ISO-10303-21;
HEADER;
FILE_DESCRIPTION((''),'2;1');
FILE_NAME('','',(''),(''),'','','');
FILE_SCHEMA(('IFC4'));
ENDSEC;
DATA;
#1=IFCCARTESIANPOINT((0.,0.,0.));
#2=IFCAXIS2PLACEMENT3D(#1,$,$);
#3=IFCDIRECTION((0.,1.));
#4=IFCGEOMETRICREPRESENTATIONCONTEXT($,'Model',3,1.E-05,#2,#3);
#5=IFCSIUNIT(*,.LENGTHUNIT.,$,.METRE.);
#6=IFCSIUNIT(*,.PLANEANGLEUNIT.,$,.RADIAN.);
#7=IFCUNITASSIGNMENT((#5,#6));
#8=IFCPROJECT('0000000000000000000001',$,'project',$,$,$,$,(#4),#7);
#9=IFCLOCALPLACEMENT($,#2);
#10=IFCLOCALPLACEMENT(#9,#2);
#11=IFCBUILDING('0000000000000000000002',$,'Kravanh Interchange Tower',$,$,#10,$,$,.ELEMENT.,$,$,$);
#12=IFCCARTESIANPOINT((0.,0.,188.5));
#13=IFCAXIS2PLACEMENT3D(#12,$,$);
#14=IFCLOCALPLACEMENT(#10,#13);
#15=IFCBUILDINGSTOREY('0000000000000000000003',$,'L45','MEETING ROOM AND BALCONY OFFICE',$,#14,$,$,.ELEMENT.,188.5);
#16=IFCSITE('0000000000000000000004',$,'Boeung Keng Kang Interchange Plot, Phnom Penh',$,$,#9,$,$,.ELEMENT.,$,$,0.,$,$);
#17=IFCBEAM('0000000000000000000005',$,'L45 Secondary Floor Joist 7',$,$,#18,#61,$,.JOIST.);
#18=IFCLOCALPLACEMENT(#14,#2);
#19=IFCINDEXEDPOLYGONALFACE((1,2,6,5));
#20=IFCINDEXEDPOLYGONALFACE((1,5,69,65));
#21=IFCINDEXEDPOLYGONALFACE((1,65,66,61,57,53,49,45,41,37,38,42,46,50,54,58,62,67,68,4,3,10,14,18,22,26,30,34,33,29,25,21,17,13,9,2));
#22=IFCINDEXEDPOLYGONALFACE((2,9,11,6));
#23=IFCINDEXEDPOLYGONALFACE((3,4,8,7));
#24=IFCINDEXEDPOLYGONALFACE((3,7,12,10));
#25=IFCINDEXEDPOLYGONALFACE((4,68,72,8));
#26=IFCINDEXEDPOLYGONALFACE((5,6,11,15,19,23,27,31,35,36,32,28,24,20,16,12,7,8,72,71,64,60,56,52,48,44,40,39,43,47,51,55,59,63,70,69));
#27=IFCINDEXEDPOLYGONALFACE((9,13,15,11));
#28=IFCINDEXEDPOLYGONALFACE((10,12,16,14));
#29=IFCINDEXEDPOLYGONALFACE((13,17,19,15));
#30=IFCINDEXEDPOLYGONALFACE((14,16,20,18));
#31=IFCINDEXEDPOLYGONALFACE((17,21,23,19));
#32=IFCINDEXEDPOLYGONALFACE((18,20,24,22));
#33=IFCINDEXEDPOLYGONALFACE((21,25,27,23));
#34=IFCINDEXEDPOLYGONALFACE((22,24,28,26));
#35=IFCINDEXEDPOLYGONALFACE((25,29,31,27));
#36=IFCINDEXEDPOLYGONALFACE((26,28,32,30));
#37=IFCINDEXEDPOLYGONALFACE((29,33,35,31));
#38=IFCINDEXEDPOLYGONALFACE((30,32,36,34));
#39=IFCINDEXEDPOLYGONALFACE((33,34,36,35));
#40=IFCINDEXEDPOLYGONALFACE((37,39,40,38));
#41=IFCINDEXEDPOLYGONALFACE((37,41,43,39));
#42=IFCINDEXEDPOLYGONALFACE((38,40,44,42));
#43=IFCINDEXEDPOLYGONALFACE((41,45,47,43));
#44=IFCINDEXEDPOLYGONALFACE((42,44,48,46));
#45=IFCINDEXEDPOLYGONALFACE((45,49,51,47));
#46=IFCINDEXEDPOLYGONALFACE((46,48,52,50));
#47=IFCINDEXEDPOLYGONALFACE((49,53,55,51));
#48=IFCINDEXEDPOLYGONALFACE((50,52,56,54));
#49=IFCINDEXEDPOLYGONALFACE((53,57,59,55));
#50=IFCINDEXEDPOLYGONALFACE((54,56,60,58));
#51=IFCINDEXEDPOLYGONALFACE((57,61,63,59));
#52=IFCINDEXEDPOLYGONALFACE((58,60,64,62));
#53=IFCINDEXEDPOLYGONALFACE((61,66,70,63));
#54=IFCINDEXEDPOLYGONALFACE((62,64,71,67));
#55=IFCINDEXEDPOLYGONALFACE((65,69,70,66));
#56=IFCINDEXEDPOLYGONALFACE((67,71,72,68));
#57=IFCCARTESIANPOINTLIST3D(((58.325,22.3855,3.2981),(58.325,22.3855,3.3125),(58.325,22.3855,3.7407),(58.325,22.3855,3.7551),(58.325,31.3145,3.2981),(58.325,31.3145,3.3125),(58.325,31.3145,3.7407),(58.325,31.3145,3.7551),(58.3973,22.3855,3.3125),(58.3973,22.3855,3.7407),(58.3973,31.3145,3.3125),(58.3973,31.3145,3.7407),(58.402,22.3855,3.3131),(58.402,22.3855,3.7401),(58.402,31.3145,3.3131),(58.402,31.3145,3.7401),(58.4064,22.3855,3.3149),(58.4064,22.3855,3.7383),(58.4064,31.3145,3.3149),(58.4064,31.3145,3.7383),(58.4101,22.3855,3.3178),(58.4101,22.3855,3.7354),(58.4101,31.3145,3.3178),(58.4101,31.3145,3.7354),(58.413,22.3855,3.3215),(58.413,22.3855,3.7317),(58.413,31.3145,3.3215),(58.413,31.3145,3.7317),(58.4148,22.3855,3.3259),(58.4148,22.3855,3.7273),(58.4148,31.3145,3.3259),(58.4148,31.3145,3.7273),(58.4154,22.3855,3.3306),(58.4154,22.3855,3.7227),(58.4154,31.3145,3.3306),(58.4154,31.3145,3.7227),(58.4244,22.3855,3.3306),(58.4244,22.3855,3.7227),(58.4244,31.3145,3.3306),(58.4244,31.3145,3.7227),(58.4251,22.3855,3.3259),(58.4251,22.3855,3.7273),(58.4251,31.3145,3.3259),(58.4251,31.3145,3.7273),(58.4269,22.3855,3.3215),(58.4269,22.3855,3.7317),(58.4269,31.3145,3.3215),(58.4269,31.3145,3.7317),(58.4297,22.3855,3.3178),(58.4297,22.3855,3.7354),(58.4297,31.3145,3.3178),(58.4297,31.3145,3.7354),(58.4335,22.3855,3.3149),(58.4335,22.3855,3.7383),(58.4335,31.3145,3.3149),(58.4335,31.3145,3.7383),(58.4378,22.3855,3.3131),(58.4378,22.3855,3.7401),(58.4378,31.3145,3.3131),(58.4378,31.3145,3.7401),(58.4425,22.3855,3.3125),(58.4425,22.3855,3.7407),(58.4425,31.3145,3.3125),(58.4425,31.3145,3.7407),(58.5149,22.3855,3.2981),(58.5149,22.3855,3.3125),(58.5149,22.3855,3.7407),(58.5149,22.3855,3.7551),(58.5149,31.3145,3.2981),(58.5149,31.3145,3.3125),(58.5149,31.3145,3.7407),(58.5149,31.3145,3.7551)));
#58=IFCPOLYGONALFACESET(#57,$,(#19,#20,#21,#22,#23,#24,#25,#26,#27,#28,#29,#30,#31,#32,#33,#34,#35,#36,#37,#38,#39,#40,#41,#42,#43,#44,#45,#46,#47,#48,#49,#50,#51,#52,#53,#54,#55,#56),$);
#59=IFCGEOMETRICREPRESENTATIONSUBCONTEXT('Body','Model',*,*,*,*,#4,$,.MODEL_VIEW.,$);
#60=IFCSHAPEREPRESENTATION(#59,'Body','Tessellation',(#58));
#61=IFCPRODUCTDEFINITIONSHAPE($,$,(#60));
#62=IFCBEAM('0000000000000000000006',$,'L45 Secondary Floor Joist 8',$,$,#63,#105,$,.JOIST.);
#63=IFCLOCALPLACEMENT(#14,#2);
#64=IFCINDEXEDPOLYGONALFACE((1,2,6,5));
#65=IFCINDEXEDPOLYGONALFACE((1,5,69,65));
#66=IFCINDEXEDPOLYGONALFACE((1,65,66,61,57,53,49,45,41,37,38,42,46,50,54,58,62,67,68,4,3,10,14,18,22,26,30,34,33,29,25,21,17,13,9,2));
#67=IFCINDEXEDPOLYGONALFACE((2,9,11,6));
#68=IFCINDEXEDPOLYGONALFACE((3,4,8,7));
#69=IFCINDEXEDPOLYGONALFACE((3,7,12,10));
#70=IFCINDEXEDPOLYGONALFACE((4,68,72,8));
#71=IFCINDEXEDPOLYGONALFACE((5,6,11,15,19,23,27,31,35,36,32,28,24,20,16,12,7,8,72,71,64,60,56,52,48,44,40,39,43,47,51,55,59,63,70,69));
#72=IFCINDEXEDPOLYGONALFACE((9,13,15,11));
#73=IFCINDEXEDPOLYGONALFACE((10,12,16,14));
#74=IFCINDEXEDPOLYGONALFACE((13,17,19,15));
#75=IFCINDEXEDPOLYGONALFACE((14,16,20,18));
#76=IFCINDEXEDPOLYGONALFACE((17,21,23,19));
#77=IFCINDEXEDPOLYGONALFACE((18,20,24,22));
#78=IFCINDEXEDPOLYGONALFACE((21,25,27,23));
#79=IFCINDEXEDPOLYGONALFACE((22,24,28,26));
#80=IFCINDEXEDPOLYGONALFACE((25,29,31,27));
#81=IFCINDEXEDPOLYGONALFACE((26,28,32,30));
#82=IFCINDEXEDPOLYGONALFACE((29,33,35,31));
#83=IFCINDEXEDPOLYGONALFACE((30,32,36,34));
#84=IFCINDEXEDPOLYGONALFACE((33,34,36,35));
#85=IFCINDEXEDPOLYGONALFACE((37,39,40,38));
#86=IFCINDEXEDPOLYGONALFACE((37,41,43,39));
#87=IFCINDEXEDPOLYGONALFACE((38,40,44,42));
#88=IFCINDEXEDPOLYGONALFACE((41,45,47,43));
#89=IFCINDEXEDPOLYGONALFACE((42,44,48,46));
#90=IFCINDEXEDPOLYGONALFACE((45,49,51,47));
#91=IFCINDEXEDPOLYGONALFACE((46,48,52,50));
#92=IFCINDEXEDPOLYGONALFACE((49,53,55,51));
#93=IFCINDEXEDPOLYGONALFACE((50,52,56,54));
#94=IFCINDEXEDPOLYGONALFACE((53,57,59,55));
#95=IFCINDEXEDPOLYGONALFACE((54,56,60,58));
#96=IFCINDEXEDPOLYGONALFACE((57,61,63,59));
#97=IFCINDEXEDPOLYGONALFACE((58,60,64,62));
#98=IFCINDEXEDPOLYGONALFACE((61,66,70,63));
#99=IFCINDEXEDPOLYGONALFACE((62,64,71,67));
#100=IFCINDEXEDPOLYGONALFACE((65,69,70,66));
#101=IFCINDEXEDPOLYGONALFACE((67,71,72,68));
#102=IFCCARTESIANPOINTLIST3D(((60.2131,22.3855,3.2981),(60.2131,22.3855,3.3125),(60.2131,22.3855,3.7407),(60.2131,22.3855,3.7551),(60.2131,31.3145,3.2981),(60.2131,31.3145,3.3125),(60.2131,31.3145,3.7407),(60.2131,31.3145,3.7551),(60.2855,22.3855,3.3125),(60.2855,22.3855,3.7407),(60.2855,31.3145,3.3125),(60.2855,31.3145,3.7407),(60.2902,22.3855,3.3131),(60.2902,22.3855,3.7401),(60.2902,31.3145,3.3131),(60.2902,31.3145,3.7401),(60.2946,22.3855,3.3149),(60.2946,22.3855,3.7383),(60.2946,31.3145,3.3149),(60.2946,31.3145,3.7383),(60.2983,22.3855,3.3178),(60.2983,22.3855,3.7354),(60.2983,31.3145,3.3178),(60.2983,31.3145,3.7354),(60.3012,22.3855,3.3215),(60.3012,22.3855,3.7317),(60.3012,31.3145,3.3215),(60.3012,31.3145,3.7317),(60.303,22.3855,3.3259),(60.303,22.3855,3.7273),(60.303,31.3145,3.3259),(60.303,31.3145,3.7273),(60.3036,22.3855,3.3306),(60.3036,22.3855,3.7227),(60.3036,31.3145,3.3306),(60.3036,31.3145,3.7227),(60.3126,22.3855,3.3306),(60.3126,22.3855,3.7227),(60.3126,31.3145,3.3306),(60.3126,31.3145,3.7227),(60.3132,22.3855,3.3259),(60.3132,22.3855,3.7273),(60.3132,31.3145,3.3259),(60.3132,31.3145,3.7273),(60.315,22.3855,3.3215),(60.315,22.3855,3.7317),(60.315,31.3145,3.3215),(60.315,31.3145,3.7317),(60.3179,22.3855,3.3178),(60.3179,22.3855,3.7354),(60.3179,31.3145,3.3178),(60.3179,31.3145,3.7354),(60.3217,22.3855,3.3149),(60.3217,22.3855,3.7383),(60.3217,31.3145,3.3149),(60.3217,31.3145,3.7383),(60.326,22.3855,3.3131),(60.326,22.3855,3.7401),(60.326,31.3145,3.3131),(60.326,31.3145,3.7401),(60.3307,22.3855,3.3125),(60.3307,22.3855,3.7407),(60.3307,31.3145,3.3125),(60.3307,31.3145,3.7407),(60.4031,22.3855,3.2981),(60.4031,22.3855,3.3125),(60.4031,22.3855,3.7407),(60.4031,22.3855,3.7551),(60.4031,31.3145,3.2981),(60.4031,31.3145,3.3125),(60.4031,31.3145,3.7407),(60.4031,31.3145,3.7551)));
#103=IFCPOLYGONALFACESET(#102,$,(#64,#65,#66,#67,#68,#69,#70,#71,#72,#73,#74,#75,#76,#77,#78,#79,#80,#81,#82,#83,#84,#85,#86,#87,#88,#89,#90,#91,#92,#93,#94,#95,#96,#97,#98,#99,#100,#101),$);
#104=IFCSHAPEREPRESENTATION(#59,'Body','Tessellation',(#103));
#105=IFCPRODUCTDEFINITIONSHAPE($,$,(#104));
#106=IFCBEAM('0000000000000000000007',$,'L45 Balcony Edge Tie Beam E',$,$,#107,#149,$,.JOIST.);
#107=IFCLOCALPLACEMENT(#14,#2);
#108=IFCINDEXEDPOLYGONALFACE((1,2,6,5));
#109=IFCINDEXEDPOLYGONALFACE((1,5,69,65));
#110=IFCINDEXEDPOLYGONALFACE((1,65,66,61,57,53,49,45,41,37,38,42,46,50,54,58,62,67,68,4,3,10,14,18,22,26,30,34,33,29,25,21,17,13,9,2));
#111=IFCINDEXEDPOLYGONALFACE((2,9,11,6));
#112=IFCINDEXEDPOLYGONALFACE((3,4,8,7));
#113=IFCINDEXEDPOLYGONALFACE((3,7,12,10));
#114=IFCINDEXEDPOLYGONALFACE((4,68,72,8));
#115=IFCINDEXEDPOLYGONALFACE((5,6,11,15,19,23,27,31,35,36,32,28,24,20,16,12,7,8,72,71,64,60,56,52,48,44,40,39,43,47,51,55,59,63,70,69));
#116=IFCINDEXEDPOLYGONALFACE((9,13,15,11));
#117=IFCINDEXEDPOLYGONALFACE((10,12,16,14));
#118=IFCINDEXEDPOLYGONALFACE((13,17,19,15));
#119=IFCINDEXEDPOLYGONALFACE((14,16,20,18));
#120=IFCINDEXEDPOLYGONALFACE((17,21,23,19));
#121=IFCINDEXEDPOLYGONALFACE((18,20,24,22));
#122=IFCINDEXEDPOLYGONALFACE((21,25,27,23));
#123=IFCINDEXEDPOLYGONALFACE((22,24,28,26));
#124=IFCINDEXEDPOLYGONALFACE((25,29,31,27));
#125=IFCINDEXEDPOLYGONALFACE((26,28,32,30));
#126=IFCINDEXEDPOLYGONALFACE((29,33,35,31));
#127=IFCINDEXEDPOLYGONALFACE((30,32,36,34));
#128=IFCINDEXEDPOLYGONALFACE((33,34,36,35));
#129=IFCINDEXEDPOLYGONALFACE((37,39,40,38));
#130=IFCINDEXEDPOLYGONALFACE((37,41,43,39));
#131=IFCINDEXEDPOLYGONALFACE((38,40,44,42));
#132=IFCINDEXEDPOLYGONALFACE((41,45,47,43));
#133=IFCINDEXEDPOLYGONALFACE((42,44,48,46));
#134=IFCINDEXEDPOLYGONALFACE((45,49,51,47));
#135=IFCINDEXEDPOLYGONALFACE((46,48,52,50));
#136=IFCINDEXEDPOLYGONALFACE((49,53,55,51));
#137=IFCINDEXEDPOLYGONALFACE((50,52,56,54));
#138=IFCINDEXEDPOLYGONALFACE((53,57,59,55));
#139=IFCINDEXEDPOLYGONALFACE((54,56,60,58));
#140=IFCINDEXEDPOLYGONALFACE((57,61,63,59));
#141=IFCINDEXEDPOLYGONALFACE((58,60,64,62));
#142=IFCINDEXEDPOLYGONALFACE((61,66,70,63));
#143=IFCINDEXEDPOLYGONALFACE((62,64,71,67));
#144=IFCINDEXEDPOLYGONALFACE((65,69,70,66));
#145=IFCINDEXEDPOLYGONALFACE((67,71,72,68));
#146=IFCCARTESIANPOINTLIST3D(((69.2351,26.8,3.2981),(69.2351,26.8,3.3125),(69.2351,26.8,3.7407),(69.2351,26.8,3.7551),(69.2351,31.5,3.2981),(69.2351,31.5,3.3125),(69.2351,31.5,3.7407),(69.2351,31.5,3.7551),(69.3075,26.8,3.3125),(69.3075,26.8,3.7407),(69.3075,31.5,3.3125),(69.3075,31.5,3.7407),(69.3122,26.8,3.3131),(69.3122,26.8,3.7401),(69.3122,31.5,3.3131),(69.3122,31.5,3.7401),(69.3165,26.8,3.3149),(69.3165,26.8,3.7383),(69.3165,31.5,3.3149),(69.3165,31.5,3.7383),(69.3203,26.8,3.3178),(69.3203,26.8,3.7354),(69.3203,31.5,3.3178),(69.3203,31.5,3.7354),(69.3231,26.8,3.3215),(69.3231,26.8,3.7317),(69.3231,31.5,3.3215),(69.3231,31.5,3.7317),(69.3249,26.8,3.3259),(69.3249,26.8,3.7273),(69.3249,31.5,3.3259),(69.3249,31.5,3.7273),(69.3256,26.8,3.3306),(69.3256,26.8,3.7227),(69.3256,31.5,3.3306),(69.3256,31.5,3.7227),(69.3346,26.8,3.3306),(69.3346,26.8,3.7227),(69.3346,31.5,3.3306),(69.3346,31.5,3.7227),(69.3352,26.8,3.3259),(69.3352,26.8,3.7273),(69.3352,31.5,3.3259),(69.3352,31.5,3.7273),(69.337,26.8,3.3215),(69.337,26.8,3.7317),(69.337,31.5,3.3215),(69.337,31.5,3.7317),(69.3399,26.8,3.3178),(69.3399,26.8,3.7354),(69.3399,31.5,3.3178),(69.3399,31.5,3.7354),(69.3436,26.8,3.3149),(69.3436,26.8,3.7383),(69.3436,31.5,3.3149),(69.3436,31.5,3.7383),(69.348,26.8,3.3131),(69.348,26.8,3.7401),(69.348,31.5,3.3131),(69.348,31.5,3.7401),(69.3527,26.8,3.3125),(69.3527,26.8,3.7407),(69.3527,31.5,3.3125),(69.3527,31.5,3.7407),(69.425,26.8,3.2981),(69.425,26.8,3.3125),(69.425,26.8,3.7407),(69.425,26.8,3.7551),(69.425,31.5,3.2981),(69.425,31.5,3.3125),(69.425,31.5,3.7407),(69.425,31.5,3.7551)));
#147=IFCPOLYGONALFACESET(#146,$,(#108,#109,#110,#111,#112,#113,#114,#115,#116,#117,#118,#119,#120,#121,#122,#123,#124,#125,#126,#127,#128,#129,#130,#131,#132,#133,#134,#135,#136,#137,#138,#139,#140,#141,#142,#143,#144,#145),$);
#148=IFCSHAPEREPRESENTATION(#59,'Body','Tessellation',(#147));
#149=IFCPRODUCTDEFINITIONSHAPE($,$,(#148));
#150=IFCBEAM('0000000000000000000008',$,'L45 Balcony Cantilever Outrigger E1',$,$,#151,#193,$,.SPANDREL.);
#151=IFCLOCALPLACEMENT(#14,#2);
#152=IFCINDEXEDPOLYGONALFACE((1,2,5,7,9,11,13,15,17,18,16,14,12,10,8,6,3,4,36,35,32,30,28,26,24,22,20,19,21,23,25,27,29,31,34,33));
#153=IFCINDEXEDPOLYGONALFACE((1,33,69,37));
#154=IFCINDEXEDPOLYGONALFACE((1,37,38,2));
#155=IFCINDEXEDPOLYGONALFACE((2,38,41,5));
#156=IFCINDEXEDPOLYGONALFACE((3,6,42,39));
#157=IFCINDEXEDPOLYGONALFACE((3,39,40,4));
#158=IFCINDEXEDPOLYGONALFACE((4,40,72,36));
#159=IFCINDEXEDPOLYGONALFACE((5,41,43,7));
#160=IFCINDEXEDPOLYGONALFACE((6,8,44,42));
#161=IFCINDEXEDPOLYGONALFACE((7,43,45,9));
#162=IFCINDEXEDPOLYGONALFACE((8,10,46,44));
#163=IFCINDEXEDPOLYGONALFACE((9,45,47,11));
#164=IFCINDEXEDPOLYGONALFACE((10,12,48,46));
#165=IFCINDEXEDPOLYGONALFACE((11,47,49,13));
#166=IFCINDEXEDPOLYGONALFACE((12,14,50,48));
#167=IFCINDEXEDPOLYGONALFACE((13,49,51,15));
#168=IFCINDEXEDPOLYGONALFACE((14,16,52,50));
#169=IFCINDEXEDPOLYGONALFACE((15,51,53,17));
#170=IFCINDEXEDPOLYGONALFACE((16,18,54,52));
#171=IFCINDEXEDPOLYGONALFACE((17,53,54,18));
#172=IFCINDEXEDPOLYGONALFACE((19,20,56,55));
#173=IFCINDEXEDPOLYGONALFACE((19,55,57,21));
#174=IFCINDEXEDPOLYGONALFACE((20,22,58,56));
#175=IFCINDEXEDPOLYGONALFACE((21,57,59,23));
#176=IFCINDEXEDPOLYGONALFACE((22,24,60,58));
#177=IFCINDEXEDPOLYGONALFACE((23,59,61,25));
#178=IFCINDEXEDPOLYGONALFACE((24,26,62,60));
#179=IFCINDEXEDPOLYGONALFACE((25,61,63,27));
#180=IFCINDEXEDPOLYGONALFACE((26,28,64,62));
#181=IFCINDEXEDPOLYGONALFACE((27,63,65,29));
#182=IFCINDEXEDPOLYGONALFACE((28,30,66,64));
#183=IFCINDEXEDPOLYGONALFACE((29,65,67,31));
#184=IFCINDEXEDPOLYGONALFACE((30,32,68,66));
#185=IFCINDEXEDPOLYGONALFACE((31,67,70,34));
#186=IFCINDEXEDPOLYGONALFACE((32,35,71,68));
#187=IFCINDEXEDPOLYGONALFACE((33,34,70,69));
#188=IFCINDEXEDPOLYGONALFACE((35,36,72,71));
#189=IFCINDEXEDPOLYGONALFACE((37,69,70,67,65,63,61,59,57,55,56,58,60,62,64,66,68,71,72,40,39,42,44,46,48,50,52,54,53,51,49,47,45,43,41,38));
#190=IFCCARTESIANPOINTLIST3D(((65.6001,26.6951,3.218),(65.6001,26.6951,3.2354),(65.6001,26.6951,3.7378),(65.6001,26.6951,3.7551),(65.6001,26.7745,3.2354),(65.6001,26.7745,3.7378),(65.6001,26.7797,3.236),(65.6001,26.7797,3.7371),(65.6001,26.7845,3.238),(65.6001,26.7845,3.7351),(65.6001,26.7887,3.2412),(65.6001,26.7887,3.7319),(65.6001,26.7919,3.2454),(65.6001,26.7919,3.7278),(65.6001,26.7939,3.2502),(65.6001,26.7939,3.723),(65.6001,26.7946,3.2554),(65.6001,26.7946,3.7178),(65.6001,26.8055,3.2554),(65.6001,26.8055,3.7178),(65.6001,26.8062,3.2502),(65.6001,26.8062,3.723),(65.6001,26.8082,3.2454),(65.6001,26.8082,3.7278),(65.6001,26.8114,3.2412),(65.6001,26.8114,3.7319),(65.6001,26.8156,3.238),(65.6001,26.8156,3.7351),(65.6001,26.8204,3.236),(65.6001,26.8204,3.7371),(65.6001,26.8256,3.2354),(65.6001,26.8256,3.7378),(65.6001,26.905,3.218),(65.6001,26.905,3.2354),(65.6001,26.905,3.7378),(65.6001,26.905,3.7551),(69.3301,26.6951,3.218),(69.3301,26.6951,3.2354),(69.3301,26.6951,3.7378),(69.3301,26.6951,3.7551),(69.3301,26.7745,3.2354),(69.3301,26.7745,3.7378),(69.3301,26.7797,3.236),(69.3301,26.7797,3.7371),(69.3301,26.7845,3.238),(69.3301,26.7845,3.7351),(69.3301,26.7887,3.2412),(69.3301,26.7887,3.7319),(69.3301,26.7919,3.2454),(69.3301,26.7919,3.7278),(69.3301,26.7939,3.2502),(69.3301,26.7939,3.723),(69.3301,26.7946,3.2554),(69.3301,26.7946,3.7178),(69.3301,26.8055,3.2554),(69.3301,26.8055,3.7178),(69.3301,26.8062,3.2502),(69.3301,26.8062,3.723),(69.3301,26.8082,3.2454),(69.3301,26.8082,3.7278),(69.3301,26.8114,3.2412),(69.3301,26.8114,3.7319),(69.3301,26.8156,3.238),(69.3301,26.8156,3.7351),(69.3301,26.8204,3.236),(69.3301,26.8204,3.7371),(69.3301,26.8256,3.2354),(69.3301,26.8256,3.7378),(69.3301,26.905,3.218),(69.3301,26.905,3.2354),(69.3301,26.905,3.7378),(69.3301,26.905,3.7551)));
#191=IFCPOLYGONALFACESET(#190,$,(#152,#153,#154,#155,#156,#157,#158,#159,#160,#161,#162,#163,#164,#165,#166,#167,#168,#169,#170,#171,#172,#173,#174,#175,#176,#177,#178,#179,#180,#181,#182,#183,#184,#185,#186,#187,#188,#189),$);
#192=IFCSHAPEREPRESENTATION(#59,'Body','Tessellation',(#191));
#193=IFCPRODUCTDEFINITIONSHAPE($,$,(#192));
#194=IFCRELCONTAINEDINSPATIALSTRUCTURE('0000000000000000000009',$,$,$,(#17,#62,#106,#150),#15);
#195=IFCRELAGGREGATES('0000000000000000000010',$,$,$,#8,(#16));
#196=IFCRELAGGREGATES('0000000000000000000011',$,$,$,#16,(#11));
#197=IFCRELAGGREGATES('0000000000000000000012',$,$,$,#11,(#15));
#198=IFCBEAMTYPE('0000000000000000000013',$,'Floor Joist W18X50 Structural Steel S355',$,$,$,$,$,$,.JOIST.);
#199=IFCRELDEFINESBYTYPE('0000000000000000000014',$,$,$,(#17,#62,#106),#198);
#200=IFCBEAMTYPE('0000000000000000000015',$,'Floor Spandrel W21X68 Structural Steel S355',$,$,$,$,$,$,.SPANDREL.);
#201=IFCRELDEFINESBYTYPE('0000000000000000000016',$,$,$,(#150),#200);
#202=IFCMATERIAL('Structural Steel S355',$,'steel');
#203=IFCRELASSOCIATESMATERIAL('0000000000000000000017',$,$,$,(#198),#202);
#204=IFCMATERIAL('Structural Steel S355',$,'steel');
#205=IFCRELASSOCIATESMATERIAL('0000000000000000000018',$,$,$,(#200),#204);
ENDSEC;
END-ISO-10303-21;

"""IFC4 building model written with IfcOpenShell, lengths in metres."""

from ifc_helpers import new_model, si_unit, direction, frame, origin, origin_2d, place, context, subcontext, project, spatial, i_section, extrude, material, material_profile, profile_set, type_object, element, save


model = new_model("IFC4")

# Units and contexts
model_context = context("Model", 3, precision=1e-05, world=origin(), true_north=direction((0.0, 1.0)))
body_context = subcontext(model_context, "Body", "Model", "MODEL_VIEW")
ifc_project = project(units=[si_unit("LENGTHUNIT", "METRE"), si_unit("PLANEANGLEUNIT", "RADIAN")], contexts=[model_context])

# Site, building, storey
site_placement = place(None, origin())
site = spatial("IfcSite", under=ifc_project, at=site_placement, Name="Boeung Keng Kang Interchange Plot, Phnom Penh", CompositionType="ELEMENT", RefElevation=0.0)
building_placement = place(site_placement, origin())
building = spatial("IfcBuilding", under=site, at=building_placement, Name="Kravanh Interchange Tower", CompositionType="ELEMENT")
storey_placement = place(building_placement, frame((0.0, 0.0, 188.5)))
storey = spatial("IfcBuildingStorey", under=building, at=storey_placement, Name="L45", Description="MEETING ROOM AND BALCONY OFFICE", CompositionType="ELEMENT", Elevation=188.5)

# Beams
ifc_material_1 = material(Name="Structural Steel S355", Category="steel")
ifc_material_profile_1 = material_profile(ifc_material_1, i_section(OverallWidth=0.1899, OverallDepth=0.457, WebThickness=0.009, FlangeThickness=0.0144, FilletRadius=0.0181, at=origin_2d()), Name="W18X50")
ifc_profile_set_1 = profile_set([ifc_material_profile_1], Name="Structural Steel S355")
beam_type_1 = type_object("IfcBeamType", Name="Floor Joist W18X50 Structural Steel S355", PredefinedType="JOIST", material=ifc_profile_set_1)
for number, where, z_axis, x_axis, name in (
    (1, (58.4199, 22.3855, 3.5266), (0.0, 1.0, 0.0), (-1.0, 0.0, 0.0), "L45 Secondary Floor Joist 7"),
    (2, (60.3081, 22.3855, 3.5266), (0.0, 1.0, 0.0), (-1.0, 0.0, 0.0), "L45 Secondary Floor Joist 8"),
):
    element("IfcBeam", number, at=place(storey_placement, frame(where, z_axis=z_axis, x_axis=x_axis)), inside=storey, type_object=beam_type_1, Name=name, PredefinedType="JOIST", context=body_context, shape_type="SweptSolid", body=[
        extrude(i_section(OverallWidth=0.1899, OverallDepth=0.457, WebThickness=0.009, FlangeThickness=0.0144, FilletRadius=0.0181, at=origin_2d()), origin(), (0.0, 0.0, 1.0), 8.929),
    ])
beam_1_placement = place(storey_placement, frame((69.3301, 26.8, 3.5266), z_axis=(0.0, 1.0, 0.0), x_axis=(-1.0, 0.0, 0.0)))
element("IfcBeam", 3, at=beam_1_placement, inside=storey, type_object=beam_type_1, Name="L45 Balcony Edge Tie Beam E", PredefinedType="JOIST", context=body_context, shape_type="SweptSolid", body=[
    extrude(i_section(OverallWidth=0.1899, OverallDepth=0.457, WebThickness=0.009, FlangeThickness=0.0144, FilletRadius=0.0181, at=origin_2d()), origin(), (0.0, 0.0, 1.0), 4.7),
])
ifc_material_2 = material(Name="Structural Steel S355", Category="steel")
ifc_material_profile_2 = material_profile(ifc_material_2, i_section(OverallWidth=0.21, OverallDepth=0.5371, WebThickness=0.011, FlangeThickness=0.0173, FilletRadius=0.02, at=origin_2d()), Name="W21X68")
ifc_profile_set_2 = profile_set([ifc_material_profile_2], Name="Structural Steel S355")
beam_type_2 = type_object("IfcBeamType", Name="Floor Spandrel W21X68 Structural Steel S355", PredefinedType="SPANDREL", material=ifc_profile_set_2)
beam_2_placement = place(storey_placement, frame((65.6001, 26.8, 3.4866), z_axis=(1.0, 0.0, 0.0), x_axis=(0.0, 1.0, 0.0)))
element("IfcBeam", 4, at=beam_2_placement, inside=storey, type_object=beam_type_2, Name="L45 Balcony Cantilever Outrigger E1", PredefinedType="SPANDREL", context=body_context, shape_type="SweptSolid", body=[
    extrude(i_section(OverallWidth=0.21, OverallDepth=0.5371, WebThickness=0.011, FlangeThickness=0.0173, FilletRadius=0.02, at=origin_2d()), origin(), (0.0, 0.0, 1.0), 3.73),
])

save(model, "model.ifc")
